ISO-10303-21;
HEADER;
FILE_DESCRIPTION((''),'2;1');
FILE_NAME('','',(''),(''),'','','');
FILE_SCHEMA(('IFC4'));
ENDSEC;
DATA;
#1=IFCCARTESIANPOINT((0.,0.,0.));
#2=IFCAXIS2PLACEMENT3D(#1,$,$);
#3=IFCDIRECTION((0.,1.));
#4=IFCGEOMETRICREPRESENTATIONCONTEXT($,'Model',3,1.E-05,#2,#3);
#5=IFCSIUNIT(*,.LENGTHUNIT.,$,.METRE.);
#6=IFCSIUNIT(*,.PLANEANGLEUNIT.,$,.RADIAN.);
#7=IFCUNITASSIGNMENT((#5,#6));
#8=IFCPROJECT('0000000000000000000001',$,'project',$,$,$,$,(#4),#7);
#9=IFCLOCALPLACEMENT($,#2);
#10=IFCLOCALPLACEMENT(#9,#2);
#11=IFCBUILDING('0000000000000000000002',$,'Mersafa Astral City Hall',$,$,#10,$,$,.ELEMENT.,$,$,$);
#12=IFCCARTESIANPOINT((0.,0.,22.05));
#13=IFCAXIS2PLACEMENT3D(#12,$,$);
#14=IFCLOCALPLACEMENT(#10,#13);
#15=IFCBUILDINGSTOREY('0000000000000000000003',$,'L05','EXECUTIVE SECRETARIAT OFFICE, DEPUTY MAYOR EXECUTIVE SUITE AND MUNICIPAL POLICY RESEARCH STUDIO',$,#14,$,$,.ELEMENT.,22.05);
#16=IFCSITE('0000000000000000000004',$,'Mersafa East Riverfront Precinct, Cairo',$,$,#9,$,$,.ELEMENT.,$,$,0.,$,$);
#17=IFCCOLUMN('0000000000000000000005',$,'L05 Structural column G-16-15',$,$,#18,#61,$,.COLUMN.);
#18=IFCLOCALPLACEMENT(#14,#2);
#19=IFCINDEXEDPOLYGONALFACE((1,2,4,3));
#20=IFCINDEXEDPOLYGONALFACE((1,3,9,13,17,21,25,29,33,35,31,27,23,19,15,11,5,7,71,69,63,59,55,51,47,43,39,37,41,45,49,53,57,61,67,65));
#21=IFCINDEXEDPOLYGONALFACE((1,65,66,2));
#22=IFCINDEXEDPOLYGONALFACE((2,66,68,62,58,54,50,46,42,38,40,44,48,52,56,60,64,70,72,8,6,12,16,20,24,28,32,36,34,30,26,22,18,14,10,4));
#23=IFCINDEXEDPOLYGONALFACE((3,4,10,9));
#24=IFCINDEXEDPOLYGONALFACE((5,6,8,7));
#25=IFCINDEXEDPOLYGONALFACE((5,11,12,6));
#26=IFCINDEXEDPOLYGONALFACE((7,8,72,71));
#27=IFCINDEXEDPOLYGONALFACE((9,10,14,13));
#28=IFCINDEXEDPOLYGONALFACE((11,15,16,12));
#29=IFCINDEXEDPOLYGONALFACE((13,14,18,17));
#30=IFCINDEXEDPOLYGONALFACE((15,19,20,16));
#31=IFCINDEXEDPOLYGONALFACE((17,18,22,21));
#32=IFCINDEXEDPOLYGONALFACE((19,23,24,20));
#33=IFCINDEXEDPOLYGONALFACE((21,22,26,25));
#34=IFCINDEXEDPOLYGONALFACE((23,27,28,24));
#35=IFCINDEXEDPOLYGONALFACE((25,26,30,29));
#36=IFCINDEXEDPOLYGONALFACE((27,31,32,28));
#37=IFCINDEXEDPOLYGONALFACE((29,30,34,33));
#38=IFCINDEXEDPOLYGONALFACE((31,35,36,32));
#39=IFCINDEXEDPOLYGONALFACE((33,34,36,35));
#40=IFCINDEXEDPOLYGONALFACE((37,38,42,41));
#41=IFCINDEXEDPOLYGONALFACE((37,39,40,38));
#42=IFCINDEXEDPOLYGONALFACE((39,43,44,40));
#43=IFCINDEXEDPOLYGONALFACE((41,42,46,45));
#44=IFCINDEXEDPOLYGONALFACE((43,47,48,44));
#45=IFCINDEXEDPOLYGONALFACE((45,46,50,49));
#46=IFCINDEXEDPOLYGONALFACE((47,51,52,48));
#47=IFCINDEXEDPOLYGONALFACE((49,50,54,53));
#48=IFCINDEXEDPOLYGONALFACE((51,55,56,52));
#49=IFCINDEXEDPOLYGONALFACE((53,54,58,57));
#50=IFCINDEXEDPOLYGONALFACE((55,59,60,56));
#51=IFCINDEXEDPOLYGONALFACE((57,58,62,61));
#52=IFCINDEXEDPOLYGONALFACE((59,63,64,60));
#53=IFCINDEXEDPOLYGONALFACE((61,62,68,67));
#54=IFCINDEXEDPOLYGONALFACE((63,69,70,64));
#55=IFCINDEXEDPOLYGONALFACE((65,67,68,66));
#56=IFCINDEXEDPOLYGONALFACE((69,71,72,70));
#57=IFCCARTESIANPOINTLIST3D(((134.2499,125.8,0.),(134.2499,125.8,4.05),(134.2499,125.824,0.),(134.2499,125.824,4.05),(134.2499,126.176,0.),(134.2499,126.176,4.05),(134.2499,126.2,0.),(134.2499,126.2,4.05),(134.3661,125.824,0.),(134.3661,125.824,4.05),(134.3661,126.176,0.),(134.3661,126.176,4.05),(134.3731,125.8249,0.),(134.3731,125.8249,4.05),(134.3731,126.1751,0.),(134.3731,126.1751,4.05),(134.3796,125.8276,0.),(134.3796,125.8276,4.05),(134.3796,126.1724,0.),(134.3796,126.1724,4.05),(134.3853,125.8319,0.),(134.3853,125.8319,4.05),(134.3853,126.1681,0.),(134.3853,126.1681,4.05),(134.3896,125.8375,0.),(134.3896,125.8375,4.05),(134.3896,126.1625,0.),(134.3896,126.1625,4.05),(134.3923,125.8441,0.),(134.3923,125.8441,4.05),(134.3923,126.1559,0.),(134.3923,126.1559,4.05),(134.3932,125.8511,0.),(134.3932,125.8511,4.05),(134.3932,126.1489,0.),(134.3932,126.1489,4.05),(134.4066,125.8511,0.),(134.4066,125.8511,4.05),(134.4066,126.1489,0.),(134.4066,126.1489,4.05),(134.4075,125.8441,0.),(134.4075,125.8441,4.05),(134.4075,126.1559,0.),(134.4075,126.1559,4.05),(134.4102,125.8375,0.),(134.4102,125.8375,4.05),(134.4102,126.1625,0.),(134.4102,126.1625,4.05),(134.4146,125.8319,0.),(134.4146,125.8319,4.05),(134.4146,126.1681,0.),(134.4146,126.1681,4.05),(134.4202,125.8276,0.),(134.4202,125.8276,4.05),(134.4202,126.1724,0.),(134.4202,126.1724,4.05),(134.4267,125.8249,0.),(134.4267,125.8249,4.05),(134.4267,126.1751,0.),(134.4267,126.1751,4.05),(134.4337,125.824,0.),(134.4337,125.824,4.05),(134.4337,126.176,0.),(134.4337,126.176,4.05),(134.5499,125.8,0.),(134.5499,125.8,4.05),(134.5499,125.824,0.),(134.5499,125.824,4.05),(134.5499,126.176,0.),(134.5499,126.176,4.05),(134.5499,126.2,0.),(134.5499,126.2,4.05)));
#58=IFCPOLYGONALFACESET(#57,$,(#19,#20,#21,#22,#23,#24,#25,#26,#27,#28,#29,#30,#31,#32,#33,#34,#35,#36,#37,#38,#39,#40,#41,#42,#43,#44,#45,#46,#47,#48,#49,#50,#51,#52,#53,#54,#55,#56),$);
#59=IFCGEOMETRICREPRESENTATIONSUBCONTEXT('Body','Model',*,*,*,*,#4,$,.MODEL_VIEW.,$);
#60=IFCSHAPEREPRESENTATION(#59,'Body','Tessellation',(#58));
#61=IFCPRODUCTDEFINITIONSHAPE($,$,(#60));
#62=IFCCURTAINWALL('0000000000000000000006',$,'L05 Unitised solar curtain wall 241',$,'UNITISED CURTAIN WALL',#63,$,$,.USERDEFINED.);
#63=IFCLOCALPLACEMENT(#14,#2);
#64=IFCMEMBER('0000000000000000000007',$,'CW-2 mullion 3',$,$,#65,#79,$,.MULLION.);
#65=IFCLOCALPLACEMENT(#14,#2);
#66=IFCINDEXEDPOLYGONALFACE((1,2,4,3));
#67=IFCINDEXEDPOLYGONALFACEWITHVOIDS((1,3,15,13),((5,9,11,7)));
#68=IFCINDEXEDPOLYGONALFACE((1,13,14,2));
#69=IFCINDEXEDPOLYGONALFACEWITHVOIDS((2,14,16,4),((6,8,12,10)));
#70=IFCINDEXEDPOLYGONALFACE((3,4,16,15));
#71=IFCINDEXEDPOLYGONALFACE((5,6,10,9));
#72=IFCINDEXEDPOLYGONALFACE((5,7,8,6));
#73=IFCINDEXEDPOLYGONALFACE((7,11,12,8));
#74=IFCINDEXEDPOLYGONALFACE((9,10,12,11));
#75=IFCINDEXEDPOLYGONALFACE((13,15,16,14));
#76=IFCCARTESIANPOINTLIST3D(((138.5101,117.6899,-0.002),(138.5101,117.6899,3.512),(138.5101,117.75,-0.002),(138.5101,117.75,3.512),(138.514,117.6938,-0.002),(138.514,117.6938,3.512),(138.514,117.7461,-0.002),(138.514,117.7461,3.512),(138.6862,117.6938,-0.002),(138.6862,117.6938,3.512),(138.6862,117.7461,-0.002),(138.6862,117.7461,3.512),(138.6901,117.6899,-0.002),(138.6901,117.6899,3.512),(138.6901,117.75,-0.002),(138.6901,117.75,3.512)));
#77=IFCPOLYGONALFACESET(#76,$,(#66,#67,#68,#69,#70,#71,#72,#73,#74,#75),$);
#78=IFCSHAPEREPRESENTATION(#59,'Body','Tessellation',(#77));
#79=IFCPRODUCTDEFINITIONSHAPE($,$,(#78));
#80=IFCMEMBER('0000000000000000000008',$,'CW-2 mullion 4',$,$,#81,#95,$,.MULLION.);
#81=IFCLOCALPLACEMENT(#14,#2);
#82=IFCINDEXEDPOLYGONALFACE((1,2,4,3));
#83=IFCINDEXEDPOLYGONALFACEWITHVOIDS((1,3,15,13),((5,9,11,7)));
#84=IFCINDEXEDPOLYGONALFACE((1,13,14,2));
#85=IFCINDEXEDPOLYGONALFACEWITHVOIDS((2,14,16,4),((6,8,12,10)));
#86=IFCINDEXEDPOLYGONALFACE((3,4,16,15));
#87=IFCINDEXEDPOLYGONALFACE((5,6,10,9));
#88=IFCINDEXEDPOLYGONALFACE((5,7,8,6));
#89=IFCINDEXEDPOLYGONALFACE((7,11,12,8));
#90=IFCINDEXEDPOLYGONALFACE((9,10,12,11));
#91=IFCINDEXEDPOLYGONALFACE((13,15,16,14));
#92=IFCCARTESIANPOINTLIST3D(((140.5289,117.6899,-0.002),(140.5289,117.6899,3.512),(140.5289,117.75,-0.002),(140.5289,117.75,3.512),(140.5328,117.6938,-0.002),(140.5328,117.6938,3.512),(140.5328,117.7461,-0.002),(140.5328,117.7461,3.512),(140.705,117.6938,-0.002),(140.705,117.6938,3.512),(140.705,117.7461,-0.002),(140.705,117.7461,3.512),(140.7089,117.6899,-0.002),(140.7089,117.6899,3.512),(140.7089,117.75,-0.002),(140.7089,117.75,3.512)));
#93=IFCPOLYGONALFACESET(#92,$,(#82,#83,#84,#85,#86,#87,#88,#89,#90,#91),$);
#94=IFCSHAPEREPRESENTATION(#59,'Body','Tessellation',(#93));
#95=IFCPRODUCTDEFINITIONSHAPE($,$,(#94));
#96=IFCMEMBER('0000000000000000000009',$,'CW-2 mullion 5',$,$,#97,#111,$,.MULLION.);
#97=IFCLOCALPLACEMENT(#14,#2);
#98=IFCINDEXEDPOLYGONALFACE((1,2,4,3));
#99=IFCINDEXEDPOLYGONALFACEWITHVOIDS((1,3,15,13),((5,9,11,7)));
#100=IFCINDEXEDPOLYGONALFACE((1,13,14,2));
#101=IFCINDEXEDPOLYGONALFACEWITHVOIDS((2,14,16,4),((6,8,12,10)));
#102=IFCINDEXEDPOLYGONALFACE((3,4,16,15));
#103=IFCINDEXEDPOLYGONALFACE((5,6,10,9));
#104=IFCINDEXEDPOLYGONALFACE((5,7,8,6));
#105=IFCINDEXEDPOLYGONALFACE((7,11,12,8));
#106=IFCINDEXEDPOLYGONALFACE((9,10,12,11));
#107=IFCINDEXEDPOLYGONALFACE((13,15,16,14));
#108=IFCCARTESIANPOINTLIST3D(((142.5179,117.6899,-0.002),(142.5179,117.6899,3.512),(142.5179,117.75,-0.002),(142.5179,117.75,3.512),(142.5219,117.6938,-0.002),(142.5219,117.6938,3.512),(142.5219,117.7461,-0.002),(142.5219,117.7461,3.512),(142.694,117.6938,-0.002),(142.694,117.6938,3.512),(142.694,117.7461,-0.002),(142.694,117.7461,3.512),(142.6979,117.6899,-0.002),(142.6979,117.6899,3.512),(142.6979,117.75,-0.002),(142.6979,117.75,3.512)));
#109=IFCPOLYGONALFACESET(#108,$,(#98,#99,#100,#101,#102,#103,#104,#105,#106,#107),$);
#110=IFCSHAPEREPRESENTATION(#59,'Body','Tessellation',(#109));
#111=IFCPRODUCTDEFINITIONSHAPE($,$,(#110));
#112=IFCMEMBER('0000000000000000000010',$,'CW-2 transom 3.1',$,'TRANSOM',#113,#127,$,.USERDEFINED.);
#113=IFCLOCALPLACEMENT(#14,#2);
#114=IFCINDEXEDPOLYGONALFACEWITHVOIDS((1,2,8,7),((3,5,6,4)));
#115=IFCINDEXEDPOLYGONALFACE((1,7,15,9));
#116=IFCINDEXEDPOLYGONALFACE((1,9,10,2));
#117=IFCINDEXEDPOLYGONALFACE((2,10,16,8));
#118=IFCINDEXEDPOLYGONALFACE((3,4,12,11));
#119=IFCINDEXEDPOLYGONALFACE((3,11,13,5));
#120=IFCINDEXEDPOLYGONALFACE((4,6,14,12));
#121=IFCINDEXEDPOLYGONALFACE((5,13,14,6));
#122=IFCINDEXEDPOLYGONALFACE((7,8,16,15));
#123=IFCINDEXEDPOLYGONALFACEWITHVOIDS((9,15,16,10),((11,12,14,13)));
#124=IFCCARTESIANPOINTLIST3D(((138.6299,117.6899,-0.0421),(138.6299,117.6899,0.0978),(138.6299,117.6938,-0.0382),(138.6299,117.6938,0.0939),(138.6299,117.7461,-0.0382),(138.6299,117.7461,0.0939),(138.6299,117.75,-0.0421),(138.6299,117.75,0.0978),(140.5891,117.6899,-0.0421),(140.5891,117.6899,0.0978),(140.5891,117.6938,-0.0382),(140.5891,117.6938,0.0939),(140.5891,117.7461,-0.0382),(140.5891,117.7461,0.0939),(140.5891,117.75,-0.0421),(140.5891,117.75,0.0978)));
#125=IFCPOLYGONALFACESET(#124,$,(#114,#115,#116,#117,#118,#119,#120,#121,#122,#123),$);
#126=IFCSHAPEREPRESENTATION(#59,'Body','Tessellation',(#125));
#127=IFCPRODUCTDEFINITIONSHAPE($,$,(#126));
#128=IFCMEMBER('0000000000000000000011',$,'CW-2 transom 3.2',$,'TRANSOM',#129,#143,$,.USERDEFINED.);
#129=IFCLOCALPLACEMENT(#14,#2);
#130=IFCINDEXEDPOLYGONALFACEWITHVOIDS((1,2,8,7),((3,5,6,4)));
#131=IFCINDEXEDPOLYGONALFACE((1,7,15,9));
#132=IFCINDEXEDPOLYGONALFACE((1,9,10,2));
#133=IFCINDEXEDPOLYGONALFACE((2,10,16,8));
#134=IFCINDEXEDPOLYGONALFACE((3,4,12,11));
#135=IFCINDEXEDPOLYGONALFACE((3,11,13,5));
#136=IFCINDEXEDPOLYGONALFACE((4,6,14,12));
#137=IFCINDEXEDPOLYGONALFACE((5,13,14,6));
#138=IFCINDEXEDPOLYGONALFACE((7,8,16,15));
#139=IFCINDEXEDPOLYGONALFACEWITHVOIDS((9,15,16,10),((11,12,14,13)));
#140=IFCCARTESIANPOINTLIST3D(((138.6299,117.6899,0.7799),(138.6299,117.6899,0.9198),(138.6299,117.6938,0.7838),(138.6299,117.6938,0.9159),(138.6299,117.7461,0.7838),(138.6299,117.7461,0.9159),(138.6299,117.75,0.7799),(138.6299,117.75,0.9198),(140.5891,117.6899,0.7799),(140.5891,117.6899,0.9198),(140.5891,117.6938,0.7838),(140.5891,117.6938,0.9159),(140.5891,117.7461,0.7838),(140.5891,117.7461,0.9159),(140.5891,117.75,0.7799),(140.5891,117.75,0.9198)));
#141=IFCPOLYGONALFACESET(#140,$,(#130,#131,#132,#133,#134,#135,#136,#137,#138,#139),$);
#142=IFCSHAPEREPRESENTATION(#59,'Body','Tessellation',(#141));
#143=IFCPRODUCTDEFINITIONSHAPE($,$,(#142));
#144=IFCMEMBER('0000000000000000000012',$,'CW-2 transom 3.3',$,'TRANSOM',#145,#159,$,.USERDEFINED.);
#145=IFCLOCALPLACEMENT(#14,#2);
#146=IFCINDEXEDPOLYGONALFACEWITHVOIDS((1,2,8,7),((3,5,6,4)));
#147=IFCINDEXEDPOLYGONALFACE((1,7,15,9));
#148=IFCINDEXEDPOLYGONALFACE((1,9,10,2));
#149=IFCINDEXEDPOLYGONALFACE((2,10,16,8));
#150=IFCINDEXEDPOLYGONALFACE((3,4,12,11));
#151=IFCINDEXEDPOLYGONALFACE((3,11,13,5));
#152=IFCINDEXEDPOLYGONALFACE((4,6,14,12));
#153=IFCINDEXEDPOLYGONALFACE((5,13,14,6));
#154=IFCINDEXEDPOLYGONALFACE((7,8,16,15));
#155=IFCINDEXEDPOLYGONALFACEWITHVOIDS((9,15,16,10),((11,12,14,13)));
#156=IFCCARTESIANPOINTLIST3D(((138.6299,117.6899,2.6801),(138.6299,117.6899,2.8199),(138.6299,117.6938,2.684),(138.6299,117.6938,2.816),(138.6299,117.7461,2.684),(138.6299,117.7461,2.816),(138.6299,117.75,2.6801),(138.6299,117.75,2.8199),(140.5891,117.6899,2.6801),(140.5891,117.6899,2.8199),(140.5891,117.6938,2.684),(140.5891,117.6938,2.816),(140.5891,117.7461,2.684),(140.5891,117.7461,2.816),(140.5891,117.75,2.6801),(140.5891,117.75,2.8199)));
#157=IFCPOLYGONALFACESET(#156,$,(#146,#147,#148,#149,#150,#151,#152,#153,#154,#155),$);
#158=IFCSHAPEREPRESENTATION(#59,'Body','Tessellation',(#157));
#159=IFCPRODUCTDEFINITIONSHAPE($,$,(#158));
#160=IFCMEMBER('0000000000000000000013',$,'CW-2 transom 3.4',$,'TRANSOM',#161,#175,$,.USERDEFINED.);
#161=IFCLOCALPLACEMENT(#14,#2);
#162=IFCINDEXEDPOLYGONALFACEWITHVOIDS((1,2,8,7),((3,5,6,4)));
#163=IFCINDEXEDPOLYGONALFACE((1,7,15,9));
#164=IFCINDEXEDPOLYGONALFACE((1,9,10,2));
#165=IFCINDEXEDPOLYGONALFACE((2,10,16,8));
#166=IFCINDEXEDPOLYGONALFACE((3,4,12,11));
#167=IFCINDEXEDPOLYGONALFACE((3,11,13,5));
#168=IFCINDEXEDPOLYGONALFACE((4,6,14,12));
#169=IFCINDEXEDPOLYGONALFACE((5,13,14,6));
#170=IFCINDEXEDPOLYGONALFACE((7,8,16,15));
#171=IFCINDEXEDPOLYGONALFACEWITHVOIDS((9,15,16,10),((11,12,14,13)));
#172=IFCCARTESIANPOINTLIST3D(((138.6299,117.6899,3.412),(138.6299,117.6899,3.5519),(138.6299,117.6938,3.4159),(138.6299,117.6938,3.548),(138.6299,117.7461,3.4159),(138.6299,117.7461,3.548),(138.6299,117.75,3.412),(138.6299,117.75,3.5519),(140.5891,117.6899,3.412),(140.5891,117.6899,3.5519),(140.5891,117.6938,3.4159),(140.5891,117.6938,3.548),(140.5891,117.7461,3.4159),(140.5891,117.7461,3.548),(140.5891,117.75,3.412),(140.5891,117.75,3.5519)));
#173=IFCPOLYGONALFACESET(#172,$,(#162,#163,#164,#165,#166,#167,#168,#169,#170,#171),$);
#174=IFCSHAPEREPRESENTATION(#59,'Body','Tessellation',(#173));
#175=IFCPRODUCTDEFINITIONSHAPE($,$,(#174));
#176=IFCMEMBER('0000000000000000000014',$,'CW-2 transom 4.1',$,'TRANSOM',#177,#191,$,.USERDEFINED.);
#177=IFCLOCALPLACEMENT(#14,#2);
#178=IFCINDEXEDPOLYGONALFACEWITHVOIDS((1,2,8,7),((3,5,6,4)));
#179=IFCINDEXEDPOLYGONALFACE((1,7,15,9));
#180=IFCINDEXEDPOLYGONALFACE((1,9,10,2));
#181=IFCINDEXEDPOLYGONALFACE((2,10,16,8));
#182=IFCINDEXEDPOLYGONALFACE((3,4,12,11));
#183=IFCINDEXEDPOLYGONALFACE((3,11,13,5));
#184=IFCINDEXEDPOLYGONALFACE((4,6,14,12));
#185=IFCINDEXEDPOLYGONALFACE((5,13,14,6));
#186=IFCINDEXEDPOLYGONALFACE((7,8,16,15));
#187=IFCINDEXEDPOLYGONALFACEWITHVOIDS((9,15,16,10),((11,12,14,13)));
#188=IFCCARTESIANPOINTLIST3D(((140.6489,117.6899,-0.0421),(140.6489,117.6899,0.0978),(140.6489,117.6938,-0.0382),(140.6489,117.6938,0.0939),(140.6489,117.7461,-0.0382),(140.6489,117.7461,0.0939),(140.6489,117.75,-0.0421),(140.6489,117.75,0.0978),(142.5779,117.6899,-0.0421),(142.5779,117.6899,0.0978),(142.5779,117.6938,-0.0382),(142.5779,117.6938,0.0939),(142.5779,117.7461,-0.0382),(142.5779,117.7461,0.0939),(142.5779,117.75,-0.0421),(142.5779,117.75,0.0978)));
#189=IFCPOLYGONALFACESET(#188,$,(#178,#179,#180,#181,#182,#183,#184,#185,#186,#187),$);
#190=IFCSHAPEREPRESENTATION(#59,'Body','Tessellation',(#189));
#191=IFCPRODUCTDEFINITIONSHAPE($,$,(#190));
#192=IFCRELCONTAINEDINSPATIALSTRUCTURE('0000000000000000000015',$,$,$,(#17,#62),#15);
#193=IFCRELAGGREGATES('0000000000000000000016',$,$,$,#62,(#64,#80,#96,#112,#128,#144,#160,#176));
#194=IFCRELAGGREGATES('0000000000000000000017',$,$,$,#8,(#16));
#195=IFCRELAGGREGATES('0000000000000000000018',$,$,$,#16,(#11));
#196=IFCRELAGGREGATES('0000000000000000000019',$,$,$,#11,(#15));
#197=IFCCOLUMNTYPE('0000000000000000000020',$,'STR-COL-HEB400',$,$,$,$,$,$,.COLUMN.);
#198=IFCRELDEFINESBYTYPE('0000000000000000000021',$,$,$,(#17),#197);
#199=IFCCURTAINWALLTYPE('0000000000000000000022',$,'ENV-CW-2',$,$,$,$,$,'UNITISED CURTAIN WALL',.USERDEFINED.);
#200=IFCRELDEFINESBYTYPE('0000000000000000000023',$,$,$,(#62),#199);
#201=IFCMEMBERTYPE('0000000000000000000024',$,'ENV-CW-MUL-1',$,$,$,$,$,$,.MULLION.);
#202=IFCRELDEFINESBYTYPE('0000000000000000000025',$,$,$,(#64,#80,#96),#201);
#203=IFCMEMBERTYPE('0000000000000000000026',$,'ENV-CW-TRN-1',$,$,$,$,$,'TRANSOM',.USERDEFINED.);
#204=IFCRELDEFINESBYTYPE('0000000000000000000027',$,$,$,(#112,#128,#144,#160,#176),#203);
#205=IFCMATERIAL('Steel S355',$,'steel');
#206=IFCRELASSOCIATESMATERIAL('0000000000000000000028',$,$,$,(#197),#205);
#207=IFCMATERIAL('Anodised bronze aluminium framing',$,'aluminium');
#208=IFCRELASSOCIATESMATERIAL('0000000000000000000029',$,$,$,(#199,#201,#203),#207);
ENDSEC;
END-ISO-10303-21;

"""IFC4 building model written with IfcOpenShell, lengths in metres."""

from ifc_helpers import new_model, si_unit, direction, frame, origin, origin_2d, place, context, subcontext, project, spatial, hollow_rectangle, i_section, extrude, material, material_profile, profile_set, type_object, element, aggregate, save


model = new_model("IFC4")

# Units and contexts
model_context = context("Model", 3, precision=1e-05, world=origin(), true_north=direction((0.0, 1.0)))
body_context = subcontext(model_context, "Body", "Model", "MODEL_VIEW")
ifc_project = project(units=[si_unit("LENGTHUNIT", "METRE"), si_unit("PLANEANGLEUNIT", "RADIAN")], contexts=[model_context])

# Site, building, storey
site_placement = place(None, origin())
site = spatial("IfcSite", under=ifc_project, at=site_placement, Name="Mersafa East Riverfront Precinct, Cairo", CompositionType="ELEMENT", RefElevation=0.0)
building_placement = place(site_placement, origin())
building = spatial("IfcBuilding", under=site, at=building_placement, Name="Mersafa Astral City Hall", CompositionType="ELEMENT")
storey_placement = place(building_placement, frame((0.0, 0.0, 22.05)))
storey = spatial("IfcBuildingStorey", under=building, at=storey_placement, Name="L05", Description="EXECUTIVE SECRETARIAT OFFICE, DEPUTY MAYOR EXECUTIVE SUITE AND MUNICIPAL POLICY RESEARCH STUDIO", CompositionType="ELEMENT", Elevation=22.05)

# Column
ifc_material_1 = material(Name="Steel S355", Category="steel")
ifc_material_profile_1 = material_profile(ifc_material_1, i_section(OverallWidth=0.3, OverallDepth=0.3999, WebThickness=0.0134, FlangeThickness=0.0239, FilletRadius=0.0271, at=origin_2d()), Name="HEB 400")
ifc_profile_set_1 = profile_set([ifc_material_profile_1], Name="Steel S355")
column_type = type_object("IfcColumnType", Name="STR-COL-HEB400", PredefinedType="COLUMN", material=ifc_profile_set_1)
column_placement = place(storey_placement, frame((134.3999, 126.0, 0.0), z_axis=(0.0, 0.0, 1.0), x_axis=(1.0, 0.0, 0.0)))
element("IfcColumn", 1, at=column_placement, inside=storey, type_object=column_type, Name="L05 Structural column G-16-15", PredefinedType="COLUMN", context=body_context, shape_type="SweptSolid", body=[
    extrude(i_section(OverallWidth=0.3, OverallDepth=0.3999, WebThickness=0.0134, FlangeThickness=0.0239, FilletRadius=0.0271, at=origin_2d()), origin(), (0.0, 0.0, 1.0), 4.05),
])

# Curtain wall, members
ifc_material_2 = material(Name="Anodised bronze aluminium framing", Category="aluminium")
curtain_wall_type = type_object("IfcCurtainWallType", Name="ENV-CW-2", ElementType="UNITISED CURTAIN WALL", PredefinedType="USERDEFINED", material=ifc_material_2)
curtain_wall_placement = place(storey_placement, origin())
curtain_wall = element("IfcCurtainWall", 2, at=curtain_wall_placement, inside=storey, type_object=curtain_wall_type, Name="L05 Unitised solar curtain wall 241", ObjectType="UNITISED CURTAIN WALL", PredefinedType="USERDEFINED")
ifc_material_profile_2 = material_profile(ifc_material_2, hollow_rectangle(XDim=0.0601, YDim=0.1799, WallThickness=0.0039, at=origin_2d()), Name="RHS 60x180x4")
ifc_profile_set_2 = profile_set([ifc_material_profile_2], Name="Anodised bronze aluminium framing")
member_type_1 = type_object("IfcMemberType", Name="ENV-CW-MUL-1", PredefinedType="MULLION", material=ifc_profile_set_2)
member_1_placement = place(storey_placement, frame((138.6001, 117.72, -0.002), z_axis=(0.0, 0.0, 1.0), x_axis=(0.0, 1.0, 0.0)))
member_1 = element("IfcMember", 3, at=member_1_placement, type_object=member_type_1, Name="CW-2 mullion 3", PredefinedType="MULLION", context=body_context, shape_type="SweptSolid", body=[
    extrude(hollow_rectangle(XDim=0.0601, YDim=0.1799, WallThickness=0.0039, at=origin_2d()), origin(), (0.0, 0.0, 1.0), 3.5139),
])
member_2_placement = place(storey_placement, frame((140.6189, 117.72, -0.002), z_axis=(0.0, 0.0, 1.0), x_axis=(0.0, 1.0, 0.0)))
member_2 = element("IfcMember", 4, at=member_2_placement, type_object=member_type_1, Name="CW-2 mullion 4", PredefinedType="MULLION", context=body_context, shape_type="SweptSolid", body=[
    extrude(hollow_rectangle(XDim=0.0601, YDim=0.1799, WallThickness=0.0039, at=origin_2d()), origin(), (0.0, 0.0, 1.0), 3.5139),
])
member_3_placement = place(storey_placement, frame((142.6079, 117.72, -0.002), z_axis=(0.0, 0.0, 1.0), x_axis=(0.0, 1.0, 0.0)))
member_3 = element("IfcMember", 5, at=member_3_placement, type_object=member_type_1, Name="CW-2 mullion 5", PredefinedType="MULLION", context=body_context, shape_type="SweptSolid", body=[
    extrude(hollow_rectangle(XDim=0.0601, YDim=0.1799, WallThickness=0.0039, at=origin_2d()), origin(), (0.0, 0.0, 1.0), 3.5139),
])
ifc_material_profile_3 = material_profile(ifc_material_2, hollow_rectangle(XDim=0.0601, YDim=0.1399, WallThickness=0.0039, at=origin_2d()), Name="RHS 60x140x4")
ifc_profile_set_3 = profile_set([ifc_material_profile_3], Name="Anodised bronze aluminium framing")
member_type_2 = type_object("IfcMemberType", Name="ENV-CW-TRN-1", ElementType="TRANSOM", PredefinedType="USERDEFINED", material=ifc_profile_set_3)
member_4_placement = place(storey_placement, frame((138.6299, 117.72, 0.0278), z_axis=(1.0, 0.0, 0.0), x_axis=(0.0, 1.0, 0.0)))
member_4 = element("IfcMember", 6, at=member_4_placement, type_object=member_type_2, Name="CW-2 transom 3.1", ObjectType="TRANSOM", PredefinedType="USERDEFINED", context=body_context, shape_type="SweptSolid", body=[
    extrude(hollow_rectangle(XDim=0.0601, YDim=0.1399, WallThickness=0.0039, at=origin_2d()), origin(), (0.0, 0.0, 1.0), 1.9592),
])
member_5_placement = place(storey_placement, frame((138.6299, 117.72, 0.8499), z_axis=(1.0, 0.0, 0.0), x_axis=(0.0, 1.0, 0.0)))
member_5 = element("IfcMember", 7, at=member_5_placement, type_object=member_type_2, Name="CW-2 transom 3.2", ObjectType="TRANSOM", PredefinedType="USERDEFINED", context=body_context, shape_type="SweptSolid", body=[
    extrude(hollow_rectangle(XDim=0.0601, YDim=0.1399, WallThickness=0.0039, at=origin_2d()), origin(), (0.0, 0.0, 1.0), 1.9592),
])
member_6_placement = place(storey_placement, frame((138.6299, 117.72, 2.75), z_axis=(1.0, 0.0, 0.0), x_axis=(0.0, 1.0, 0.0)))
member_6 = element("IfcMember", 8, at=member_6_placement, type_object=member_type_2, Name="CW-2 transom 3.3", ObjectType="TRANSOM", PredefinedType="USERDEFINED", context=body_context, shape_type="SweptSolid", body=[
    extrude(hollow_rectangle(XDim=0.0601, YDim=0.1399, WallThickness=0.0039, at=origin_2d()), origin(), (0.0, 0.0, 1.0), 1.9592),
])
member_7_placement = place(storey_placement, frame((138.6299, 117.72, 3.4819), z_axis=(1.0, 0.0, 0.0), x_axis=(0.0, 1.0, 0.0)))
member_7 = element("IfcMember", 9, at=member_7_placement, type_object=member_type_2, Name="CW-2 transom 3.4", ObjectType="TRANSOM", PredefinedType="USERDEFINED", context=body_context, shape_type="SweptSolid", body=[
    extrude(hollow_rectangle(XDim=0.0601, YDim=0.1399, WallThickness=0.0039, at=origin_2d()), origin(), (0.0, 0.0, 1.0), 1.9592),
])
member_8_placement = place(storey_placement, frame((140.6489, 117.72, 0.0278), z_axis=(1.0, 0.0, 0.0), x_axis=(0.0, 1.0, 0.0)))
member_8 = element("IfcMember", 10, at=member_8_placement, type_object=member_type_2, Name="CW-2 transom 4.1", ObjectType="TRANSOM", PredefinedType="USERDEFINED", context=body_context, shape_type="SweptSolid", body=[
    extrude(hollow_rectangle(XDim=0.0601, YDim=0.1399, WallThickness=0.0039, at=origin_2d()), origin(), (0.0, 0.0, 1.0), 1.929),
])

aggregate(curtain_wall, [member_1, member_2, member_3, member_4, member_5, member_6, member_7, member_8])

save(model, "model.ifc")
